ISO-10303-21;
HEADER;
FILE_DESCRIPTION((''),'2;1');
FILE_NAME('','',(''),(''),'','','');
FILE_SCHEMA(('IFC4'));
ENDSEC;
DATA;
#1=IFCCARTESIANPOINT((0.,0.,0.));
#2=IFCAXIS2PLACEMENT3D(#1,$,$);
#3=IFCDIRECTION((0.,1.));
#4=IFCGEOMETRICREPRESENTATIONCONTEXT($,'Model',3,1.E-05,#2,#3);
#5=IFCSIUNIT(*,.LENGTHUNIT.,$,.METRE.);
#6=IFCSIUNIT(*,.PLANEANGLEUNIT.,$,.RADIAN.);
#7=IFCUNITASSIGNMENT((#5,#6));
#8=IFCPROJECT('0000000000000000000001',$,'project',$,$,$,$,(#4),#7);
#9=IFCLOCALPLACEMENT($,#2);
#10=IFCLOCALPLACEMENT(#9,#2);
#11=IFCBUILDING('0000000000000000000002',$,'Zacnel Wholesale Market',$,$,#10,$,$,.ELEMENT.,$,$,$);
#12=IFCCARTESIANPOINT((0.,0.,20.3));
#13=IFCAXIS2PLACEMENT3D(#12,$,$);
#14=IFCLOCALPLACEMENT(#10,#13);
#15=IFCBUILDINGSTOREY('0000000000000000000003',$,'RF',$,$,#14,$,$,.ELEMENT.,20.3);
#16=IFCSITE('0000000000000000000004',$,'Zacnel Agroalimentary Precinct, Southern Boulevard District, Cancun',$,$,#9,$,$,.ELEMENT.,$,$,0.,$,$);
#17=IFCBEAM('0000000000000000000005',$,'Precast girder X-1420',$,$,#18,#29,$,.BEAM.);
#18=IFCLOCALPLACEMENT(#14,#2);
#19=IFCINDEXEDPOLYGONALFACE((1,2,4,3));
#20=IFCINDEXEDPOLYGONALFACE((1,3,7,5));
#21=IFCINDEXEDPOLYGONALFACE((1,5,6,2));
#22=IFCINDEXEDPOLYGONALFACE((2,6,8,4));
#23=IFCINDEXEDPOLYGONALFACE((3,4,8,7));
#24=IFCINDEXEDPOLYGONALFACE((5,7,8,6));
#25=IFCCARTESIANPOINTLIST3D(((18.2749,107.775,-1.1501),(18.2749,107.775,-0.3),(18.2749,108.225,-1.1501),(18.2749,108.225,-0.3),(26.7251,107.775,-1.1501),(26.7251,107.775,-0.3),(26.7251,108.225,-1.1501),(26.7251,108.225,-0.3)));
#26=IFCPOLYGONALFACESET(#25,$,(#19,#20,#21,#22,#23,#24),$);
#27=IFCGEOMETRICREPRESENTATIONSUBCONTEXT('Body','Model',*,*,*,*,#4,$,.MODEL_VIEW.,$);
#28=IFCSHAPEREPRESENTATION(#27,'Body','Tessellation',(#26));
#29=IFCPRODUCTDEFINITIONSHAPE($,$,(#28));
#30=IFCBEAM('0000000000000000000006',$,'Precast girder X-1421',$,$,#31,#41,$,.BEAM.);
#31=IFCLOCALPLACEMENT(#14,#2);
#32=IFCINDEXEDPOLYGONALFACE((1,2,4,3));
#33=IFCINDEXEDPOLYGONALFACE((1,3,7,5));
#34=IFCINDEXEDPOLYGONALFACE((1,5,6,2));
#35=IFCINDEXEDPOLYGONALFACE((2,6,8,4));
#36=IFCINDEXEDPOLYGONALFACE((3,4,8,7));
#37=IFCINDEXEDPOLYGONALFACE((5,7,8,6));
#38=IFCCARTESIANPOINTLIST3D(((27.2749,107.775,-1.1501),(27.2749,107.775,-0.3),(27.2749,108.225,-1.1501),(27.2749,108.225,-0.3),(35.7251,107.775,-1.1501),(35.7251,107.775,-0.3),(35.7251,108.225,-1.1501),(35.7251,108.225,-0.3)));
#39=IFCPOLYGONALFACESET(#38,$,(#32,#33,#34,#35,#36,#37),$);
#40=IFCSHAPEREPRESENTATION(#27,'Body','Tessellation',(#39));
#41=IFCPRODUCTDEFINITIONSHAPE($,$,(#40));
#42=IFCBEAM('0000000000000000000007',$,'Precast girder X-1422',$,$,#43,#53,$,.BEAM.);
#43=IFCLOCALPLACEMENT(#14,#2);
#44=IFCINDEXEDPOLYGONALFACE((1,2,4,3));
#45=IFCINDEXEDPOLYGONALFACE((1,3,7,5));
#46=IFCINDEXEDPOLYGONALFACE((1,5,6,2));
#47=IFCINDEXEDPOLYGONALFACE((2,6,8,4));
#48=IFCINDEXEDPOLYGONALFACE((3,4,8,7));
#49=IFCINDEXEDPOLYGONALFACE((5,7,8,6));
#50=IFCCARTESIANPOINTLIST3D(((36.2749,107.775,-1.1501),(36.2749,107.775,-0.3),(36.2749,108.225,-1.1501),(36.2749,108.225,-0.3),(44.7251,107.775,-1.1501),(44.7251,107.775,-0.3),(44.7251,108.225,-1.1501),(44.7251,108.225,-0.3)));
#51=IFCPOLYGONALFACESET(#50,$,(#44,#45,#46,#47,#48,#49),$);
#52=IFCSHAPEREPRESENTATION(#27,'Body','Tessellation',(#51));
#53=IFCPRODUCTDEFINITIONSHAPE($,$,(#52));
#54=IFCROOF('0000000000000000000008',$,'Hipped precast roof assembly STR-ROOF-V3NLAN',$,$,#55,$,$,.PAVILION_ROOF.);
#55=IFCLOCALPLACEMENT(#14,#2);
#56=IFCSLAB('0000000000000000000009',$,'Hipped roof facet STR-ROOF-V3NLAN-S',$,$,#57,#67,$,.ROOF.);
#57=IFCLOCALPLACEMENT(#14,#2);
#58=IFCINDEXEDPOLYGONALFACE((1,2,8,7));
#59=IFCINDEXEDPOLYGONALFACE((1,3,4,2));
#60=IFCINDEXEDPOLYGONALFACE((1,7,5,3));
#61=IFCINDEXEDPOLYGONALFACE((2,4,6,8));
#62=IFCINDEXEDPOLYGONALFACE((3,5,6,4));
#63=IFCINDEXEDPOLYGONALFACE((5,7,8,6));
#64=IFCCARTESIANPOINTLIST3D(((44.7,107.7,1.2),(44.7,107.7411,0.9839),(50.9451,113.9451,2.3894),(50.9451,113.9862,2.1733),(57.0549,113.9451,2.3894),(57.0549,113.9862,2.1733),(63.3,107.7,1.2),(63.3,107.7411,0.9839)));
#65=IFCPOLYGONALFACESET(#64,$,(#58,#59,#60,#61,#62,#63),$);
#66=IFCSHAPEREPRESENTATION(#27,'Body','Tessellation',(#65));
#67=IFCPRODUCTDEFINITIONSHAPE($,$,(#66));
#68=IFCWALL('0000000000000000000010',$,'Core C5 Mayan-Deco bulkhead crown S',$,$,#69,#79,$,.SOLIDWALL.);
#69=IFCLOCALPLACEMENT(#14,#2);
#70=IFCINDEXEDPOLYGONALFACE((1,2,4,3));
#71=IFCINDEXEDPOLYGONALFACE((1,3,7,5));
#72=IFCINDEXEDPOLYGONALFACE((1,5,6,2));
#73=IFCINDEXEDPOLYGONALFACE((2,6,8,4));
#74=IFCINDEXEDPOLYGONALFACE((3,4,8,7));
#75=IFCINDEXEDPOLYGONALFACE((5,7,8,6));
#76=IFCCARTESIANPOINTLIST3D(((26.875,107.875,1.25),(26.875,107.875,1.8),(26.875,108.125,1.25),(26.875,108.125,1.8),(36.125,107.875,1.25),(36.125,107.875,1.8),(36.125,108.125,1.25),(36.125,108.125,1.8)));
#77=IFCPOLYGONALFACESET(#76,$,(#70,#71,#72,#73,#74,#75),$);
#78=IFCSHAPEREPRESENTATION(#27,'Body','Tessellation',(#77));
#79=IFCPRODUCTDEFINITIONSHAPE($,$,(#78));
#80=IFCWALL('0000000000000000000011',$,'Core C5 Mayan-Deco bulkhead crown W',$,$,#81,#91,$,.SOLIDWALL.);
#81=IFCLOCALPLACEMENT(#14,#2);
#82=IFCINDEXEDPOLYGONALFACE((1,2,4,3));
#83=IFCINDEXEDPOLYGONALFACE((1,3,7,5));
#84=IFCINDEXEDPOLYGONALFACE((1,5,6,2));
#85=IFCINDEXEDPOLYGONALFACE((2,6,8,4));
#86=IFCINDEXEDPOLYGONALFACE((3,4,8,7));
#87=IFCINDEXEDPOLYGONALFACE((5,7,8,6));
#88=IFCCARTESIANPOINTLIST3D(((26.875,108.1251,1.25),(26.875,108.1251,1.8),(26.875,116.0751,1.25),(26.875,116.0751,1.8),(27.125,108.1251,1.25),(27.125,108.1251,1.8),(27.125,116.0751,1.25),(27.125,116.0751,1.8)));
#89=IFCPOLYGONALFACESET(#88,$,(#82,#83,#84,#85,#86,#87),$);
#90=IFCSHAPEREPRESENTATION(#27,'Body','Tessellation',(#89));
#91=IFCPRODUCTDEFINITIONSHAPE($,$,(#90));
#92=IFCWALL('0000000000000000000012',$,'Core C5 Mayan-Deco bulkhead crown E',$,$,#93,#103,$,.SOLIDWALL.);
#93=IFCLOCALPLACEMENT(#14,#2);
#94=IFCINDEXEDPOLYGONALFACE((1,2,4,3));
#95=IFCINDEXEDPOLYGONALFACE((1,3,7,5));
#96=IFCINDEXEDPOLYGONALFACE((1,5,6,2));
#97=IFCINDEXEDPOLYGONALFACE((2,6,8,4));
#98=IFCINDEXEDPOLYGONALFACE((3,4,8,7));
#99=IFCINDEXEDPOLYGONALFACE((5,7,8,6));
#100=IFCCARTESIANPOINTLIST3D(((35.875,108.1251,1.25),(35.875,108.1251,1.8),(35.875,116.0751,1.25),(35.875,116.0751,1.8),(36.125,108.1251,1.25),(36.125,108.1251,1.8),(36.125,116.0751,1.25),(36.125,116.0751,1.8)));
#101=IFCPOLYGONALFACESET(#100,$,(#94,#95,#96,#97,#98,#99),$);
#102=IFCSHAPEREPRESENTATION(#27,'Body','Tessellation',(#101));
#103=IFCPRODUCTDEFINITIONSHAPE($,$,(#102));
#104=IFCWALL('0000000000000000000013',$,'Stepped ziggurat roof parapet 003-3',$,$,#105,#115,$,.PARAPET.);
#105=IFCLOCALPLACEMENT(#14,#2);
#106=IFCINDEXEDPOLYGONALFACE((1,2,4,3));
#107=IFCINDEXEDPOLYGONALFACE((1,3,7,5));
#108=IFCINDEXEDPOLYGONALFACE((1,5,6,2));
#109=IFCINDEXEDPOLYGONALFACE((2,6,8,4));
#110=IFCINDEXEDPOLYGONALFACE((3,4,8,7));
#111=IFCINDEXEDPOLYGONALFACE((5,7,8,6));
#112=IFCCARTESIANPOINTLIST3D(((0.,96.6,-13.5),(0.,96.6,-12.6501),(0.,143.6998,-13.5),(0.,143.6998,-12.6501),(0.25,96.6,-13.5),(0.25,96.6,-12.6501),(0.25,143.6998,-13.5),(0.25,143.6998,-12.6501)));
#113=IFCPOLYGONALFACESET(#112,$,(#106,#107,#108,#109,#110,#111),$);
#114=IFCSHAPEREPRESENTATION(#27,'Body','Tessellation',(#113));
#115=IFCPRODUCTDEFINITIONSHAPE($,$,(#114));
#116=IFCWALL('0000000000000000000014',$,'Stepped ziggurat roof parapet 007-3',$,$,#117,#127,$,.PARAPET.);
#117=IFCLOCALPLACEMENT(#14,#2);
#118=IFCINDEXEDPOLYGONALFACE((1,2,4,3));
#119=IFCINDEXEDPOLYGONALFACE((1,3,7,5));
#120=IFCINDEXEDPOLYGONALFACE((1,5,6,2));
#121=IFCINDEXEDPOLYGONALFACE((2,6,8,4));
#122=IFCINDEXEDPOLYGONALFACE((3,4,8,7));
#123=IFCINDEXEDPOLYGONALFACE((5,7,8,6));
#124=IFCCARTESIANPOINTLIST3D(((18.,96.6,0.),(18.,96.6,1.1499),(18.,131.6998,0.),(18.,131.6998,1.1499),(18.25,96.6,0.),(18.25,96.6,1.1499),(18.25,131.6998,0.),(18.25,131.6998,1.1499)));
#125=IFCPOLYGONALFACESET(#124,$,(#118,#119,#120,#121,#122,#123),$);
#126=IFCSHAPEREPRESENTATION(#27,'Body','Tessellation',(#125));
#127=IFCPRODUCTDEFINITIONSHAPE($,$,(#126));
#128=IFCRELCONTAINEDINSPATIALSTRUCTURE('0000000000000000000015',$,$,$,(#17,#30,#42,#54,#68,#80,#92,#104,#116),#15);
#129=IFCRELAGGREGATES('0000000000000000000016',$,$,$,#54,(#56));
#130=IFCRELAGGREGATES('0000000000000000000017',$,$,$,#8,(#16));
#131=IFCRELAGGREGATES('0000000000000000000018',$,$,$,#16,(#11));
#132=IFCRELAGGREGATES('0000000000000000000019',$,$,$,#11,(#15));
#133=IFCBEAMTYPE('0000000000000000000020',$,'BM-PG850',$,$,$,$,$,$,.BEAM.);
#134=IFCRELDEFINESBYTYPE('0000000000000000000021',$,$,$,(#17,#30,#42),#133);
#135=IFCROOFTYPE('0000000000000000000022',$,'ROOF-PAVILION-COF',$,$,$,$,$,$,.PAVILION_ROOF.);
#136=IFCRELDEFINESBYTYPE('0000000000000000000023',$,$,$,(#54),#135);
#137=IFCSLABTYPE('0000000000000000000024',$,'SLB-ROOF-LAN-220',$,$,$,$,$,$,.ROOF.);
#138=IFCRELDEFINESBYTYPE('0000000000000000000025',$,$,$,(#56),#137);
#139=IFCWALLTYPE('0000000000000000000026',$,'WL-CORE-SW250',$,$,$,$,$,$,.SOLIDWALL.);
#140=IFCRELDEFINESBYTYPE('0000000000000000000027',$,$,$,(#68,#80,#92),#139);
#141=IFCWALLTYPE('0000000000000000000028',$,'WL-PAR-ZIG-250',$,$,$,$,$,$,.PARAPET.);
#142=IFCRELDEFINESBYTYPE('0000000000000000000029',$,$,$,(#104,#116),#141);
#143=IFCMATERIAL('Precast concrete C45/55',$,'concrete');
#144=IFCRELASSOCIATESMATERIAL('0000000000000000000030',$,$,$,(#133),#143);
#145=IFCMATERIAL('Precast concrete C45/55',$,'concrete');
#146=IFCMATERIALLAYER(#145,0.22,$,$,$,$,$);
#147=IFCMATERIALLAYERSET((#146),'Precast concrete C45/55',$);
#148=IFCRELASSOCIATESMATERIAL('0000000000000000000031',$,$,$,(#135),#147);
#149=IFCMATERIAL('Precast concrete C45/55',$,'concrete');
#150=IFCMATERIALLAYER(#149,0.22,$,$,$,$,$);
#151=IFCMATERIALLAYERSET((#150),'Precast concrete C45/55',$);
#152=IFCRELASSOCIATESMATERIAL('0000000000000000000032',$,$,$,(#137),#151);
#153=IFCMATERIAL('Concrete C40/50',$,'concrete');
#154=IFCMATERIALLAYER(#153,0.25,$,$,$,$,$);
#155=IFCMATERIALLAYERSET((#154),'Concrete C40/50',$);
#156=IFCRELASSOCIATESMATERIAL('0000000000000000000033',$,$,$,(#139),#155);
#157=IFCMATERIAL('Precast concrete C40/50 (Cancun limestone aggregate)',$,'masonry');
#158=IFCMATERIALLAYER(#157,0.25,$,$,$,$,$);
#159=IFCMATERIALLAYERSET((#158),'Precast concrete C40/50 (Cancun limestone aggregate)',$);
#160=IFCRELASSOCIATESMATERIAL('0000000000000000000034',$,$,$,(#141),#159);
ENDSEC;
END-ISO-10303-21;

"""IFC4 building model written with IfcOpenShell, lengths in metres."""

from ifc_helpers import new_model, si_unit, direction, frame, frame_2d, origin, origin_2d, place, context, subcontext, project, spatial, polyline, rectangle, outline, extrude, material, layer, layer_set, material_profile, profile_set, type_object, element, aggregate, save


model = new_model("IFC4")

# Units and contexts
model_context = context("Model", 3, precision=1e-05, world=origin(), true_north=direction((0.0, 1.0)))
body_context = subcontext(model_context, "Body", "Model", "MODEL_VIEW")
ifc_project = project(units=[si_unit("LENGTHUNIT", "METRE"), si_unit("PLANEANGLEUNIT", "RADIAN")], contexts=[model_context])

# Site, building, storey
site_placement = place(None, origin())
site = spatial("IfcSite", under=ifc_project, at=site_placement, Name="Zacnel Agroalimentary Precinct, Southern Boulevard District, Cancun", CompositionType="ELEMENT", RefElevation=0.0)
building_placement = place(site_placement, origin())
building = spatial("IfcBuilding", under=site, at=building_placement, Name="Zacnel Wholesale Market", CompositionType="ELEMENT")
storey_placement = place(building_placement, frame((0.0, 0.0, 20.3)))
storey = spatial("IfcBuildingStorey", under=building, at=storey_placement, Name="RF", CompositionType="ELEMENT", Elevation=20.3)

# Beams
ifc_material_1 = material(Name="Precast concrete C45/55", Category="concrete")
ifc_material_profile_1 = material_profile(ifc_material_1, rectangle(XDim=0.45, YDim=0.8501, at=origin_2d()), Name="PG 450x850")
ifc_profile_set_1 = profile_set([ifc_material_profile_1], Name="Precast concrete C45/55")
beam_type_1 = type_object("IfcBeamType", Name="BM-PG850", PredefinedType="BEAM", material=ifc_profile_set_1)
for number, where, z_axis, x_axis, name in (
    (1, (18.2749, 108.0, -0.7251), (1.0, 0.0, 0.0), (0.0, 1.0, 0.0), "Precast girder X-1420"),
    (2, (27.2749, 108.0, -0.7251), (1.0, 0.0, 0.0), (0.0, 1.0, 0.0), "Precast girder X-1421"),
    (3, (36.2749, 108.0, -0.7251), (1.0, 0.0, 0.0), (0.0, 1.0, 0.0), "Precast girder X-1422"),
):
    element("IfcBeam", number, at=place(storey_placement, frame(where, z_axis=z_axis, x_axis=x_axis)), inside=storey, type_object=beam_type_1, Name=name, PredefinedType="BEAM", context=body_context, shape_type="SweptSolid", body=[
        extrude(rectangle(XDim=0.45, YDim=0.8501, at=origin_2d()), origin(), (0.0, 0.0, 1.0), 8.4502),
    ])

# Roof, slab
ifc_material_2 = material(Name="Precast concrete C45/55", Category="concrete")
ifc_layer_1 = layer(ifc_material_2, 0.22)
ifc_layer_set_1 = layer_set([ifc_layer_1], Name="Precast concrete C45/55")
roof_type = type_object("IfcRoofType", Name="ROOF-PAVILION-COF", PredefinedType="PAVILION_ROOF", material=ifc_layer_set_1)
roof_placement = place(storey_placement, origin())
roof = element("IfcRoof", 4, at=roof_placement, inside=storey, type_object=roof_type, Name="Hipped precast roof assembly STR-ROOF-V3NLAN", PredefinedType="PAVILION_ROOF")
ifc_material_3 = material(Name="Precast concrete C45/55", Category="concrete")
ifc_layer_2 = layer(ifc_material_3, 0.22)
ifc_layer_set_2 = layer_set([ifc_layer_2], Name="Precast concrete C45/55")
slab_type = type_object("IfcSlabType", Name="SLB-ROOF-LAN-220", PredefinedType="ROOF", material=ifc_layer_set_2)
slab_placement = place(storey_placement, frame((44.7, 107.7, 1.2), z_axis=(0.0, -0.187098, 0.982341), x_axis=(1.0, 0.0, 0.0)))
slab = element("IfcSlab", 5, at=slab_placement, type_object=slab_type, Name="Hipped roof facet STR-ROOF-V3NLAN-S", PredefinedType="ROOF", context=body_context, shape_type="SweptSolid", body=[
    extrude(outline(polyline([(0.0, 0.0), (18.6001, 0.0), (12.355, 6.3574), (6.2451, 6.3574), (0.0, 0.0)])), origin(), (0.0, 0.0, -1.0), 0.22),
])
aggregate(roof, [slab])

# Walls
ifc_material_4 = material(Name="Concrete C40/50", Category="concrete")
ifc_layer_3 = layer(ifc_material_4, 0.25)
ifc_layer_set_3 = layer_set([ifc_layer_3], Name="Concrete C40/50")
wall_type_1 = type_object("IfcWallType", Name="WL-CORE-SW250", PredefinedType="SOLIDWALL", material=ifc_layer_set_3)
wall_1_placement = place(storey_placement, frame((26.875, 108.0, 1.25), z_axis=(0.0, 0.0, 1.0), x_axis=(1.0, 0.0, 0.0)))
element("IfcWall", 6, at=wall_1_placement, inside=storey, type_object=wall_type_1, Name="Core C5 Mayan-Deco bulkhead crown S", PredefinedType="SOLIDWALL", context=body_context, shape_type="SweptSolid", body=[
    extrude(rectangle(XDim=9.25, YDim=0.25, at=frame_2d((4.625, 0.0))), origin(), (0.0, 0.0, 1.0), 0.55),
])
for number, where, z_axis, x_axis, name in (
    (7, (27.0, 108.125, 1.25), (0.0, 0.0, 1.0), (0.0, 1.0, 0.0), "Core C5 Mayan-Deco bulkhead crown W"),
    (8, (36.0, 108.125, 1.25), (0.0, 0.0, 1.0), (0.0, 1.0, 0.0), "Core C5 Mayan-Deco bulkhead crown E"),
):
    element("IfcWall", number, at=place(storey_placement, frame(where, z_axis=z_axis, x_axis=x_axis)), inside=storey, type_object=wall_type_1, Name=name, PredefinedType="SOLIDWALL", context=body_context, shape_type="SweptSolid", body=[
        extrude(rectangle(XDim=7.95, YDim=0.25, at=frame_2d((3.9751, 0.0))), origin(), (0.0, 0.0, 1.0), 0.55),
    ])
ifc_material_5 = material(Name="Precast concrete C40/50 (Cancun limestone aggregate)", Category="masonry")
ifc_layer_4 = layer(ifc_material_5, 0.25)
ifc_layer_set_4 = layer_set([ifc_layer_4], Name="Precast concrete C40/50 (Cancun limestone aggregate)")
wall_type_2 = type_object("IfcWallType", Name="WL-PAR-ZIG-250", PredefinedType="PARAPET", material=ifc_layer_set_4)
wall_2_placement = place(storey_placement, frame((0.125, 96.6001, -13.5), z_axis=(0.0, 0.0, 1.0), x_axis=(0.0, 1.0, 0.0)))
element("IfcWall", 9, at=wall_2_placement, inside=storey, type_object=wall_type_2, Name="Stepped ziggurat roof parapet 003-3", PredefinedType="PARAPET", context=body_context, shape_type="SweptSolid", body=[
    extrude(rectangle(XDim=47.0999, YDim=0.25, at=frame_2d((23.5498, 0.0))), origin(), (0.0, 0.0, 1.0), 0.8499),
])
wall_3_placement = place(storey_placement, frame((18.125, 96.6001, 0.0), z_axis=(0.0, 0.0, 1.0), x_axis=(0.0, 1.0, 0.0)))
element("IfcWall", 10, at=wall_3_placement, inside=storey, type_object=wall_type_2, Name="Stepped ziggurat roof parapet 007-3", PredefinedType="PARAPET", context=body_context, shape_type="SweptSolid", body=[
    extrude(rectangle(XDim=35.0999, YDim=0.25, at=frame_2d((17.5498, 0.0))), origin(), (0.0, 0.0, 1.0), 1.1499),
])

save(model, "model.ifc")
